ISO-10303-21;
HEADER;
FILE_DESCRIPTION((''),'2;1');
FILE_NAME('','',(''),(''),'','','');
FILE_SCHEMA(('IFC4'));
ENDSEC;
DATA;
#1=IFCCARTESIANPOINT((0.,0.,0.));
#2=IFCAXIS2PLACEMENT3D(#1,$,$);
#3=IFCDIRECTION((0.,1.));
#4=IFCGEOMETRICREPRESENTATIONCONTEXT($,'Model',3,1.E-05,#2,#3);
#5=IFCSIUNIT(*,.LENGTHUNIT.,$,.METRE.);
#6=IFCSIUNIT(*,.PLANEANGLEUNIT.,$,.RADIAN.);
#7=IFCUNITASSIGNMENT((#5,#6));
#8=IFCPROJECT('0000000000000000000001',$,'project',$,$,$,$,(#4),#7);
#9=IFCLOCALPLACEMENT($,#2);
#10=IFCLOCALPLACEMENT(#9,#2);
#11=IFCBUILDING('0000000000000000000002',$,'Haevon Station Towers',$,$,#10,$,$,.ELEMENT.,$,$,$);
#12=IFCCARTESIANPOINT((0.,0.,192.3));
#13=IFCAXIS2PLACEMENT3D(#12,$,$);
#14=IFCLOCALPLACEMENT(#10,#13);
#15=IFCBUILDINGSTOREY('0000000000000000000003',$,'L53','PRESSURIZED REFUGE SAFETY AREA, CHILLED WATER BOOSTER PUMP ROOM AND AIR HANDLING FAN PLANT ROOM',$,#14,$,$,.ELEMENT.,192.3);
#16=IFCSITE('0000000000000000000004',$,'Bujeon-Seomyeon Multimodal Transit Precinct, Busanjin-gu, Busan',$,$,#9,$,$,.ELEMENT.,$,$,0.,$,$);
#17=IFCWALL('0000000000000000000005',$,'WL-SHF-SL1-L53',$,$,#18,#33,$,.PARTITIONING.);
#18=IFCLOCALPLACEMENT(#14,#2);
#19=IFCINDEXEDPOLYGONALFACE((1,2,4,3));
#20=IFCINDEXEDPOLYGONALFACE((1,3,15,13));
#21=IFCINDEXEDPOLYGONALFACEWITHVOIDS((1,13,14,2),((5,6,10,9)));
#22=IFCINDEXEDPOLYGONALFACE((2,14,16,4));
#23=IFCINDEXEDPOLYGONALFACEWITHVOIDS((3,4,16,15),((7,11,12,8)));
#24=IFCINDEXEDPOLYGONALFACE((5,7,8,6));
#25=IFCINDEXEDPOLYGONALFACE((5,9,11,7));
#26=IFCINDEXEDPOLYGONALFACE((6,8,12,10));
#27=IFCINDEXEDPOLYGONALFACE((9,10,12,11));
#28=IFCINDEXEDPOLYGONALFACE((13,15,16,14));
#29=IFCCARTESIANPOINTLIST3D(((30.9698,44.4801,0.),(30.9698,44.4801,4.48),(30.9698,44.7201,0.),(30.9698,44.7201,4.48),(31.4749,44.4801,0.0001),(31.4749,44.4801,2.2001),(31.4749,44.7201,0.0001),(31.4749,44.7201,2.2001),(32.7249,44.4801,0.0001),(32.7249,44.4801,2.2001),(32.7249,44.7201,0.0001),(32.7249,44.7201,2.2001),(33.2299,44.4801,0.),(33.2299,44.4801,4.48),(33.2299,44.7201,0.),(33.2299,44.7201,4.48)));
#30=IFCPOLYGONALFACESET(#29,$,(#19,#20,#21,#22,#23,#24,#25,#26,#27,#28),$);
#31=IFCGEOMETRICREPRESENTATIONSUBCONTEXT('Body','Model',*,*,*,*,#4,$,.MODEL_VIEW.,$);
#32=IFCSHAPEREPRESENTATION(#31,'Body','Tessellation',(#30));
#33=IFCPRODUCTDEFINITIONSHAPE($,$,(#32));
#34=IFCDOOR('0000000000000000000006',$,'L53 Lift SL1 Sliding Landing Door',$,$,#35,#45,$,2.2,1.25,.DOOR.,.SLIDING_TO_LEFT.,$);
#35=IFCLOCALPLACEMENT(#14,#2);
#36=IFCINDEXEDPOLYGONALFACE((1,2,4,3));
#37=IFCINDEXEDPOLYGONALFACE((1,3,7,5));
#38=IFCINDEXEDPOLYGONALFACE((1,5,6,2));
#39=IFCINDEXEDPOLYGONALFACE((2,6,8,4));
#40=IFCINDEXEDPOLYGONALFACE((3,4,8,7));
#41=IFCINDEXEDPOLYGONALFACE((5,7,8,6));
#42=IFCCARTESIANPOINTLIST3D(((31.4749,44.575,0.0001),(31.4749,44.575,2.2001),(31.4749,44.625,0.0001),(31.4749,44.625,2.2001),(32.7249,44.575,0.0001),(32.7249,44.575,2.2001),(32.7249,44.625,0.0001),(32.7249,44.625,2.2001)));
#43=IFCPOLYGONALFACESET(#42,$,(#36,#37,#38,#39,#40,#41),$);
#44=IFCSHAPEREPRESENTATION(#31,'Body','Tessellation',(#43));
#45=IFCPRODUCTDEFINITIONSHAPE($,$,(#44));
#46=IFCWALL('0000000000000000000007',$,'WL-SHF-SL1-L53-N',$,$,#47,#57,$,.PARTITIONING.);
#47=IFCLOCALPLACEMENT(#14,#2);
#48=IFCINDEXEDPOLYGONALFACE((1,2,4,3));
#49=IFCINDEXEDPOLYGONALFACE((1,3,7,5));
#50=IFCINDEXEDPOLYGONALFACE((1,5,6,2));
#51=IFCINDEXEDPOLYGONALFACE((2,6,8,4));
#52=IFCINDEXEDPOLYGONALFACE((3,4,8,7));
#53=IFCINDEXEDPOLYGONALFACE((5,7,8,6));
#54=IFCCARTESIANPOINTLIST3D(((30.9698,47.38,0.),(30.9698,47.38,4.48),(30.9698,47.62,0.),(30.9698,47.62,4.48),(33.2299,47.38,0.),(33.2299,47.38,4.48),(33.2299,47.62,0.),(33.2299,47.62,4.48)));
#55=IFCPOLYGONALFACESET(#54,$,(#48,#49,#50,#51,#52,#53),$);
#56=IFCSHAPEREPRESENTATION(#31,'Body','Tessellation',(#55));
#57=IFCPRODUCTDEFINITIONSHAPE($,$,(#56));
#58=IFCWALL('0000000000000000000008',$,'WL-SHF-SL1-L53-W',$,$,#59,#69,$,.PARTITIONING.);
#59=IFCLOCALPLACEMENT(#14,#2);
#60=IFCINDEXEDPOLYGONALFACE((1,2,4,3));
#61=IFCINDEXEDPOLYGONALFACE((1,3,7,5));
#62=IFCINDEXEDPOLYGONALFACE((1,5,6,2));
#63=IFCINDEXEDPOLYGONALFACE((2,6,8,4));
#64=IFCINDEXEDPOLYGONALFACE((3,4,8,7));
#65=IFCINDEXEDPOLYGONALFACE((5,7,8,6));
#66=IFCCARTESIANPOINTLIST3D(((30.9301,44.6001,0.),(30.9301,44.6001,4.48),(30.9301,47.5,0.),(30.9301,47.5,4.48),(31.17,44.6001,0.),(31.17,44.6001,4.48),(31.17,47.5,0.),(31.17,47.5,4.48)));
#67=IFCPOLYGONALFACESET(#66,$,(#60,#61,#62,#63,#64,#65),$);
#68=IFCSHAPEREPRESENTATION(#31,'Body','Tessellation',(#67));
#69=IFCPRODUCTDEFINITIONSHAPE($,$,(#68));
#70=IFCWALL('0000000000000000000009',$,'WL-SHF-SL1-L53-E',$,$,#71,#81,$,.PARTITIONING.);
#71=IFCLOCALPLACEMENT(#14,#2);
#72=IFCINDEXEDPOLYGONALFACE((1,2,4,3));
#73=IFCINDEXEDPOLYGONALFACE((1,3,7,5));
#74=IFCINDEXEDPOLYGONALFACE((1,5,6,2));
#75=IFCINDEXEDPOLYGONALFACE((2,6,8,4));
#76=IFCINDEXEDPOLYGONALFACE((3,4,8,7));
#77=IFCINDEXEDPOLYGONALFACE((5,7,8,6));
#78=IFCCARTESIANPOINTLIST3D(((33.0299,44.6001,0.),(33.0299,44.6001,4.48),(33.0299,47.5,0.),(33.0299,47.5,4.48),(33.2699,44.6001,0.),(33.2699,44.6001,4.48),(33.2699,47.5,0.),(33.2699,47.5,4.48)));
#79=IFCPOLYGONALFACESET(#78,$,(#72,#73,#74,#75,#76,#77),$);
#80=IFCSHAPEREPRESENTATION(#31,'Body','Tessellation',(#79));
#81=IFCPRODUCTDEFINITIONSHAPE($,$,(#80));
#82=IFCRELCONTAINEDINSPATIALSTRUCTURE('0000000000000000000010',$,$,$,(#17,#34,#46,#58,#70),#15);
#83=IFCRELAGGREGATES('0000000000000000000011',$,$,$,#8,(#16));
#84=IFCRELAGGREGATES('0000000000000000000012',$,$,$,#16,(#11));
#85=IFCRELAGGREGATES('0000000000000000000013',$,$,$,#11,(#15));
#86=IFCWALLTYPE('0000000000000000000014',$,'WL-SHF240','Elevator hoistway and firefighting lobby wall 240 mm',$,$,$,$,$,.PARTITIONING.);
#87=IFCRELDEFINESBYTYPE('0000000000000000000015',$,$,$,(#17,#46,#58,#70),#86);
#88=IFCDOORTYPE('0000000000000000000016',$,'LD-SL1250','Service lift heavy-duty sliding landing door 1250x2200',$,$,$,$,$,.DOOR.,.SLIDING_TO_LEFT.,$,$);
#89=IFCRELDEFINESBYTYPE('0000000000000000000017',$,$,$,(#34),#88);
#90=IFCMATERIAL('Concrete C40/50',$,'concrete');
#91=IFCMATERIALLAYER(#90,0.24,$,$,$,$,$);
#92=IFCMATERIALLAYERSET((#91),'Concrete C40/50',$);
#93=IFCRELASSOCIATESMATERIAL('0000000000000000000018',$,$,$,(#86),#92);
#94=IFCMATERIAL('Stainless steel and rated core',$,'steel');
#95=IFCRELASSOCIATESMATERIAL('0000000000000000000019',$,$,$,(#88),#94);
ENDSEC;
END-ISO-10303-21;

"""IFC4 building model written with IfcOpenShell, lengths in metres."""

from ifc_helpers import new_model, si_unit, direction, frame, frame_2d, origin, place, context, subcontext, project, spatial, rectangle, extrude, material, layer, layer_set, type_object, element, fill, save


model = new_model("IFC4")

# Units and contexts
model_context = context("Model", 3, precision=1e-05, world=origin(), true_north=direction((0.0, 1.0)))
body_context = subcontext(model_context, "Body", "Model", "MODEL_VIEW")
ifc_project = project(units=[si_unit("LENGTHUNIT", "METRE"), si_unit("PLANEANGLEUNIT", "RADIAN")], contexts=[model_context])

# Site, building, storey
site_placement = place(None, origin())
site = spatial("IfcSite", under=ifc_project, at=site_placement, Name="Bujeon-Seomyeon Multimodal Transit Precinct, Busanjin-gu, Busan", CompositionType="ELEMENT", RefElevation=0.0)
building_placement = place(site_placement, origin())
building = spatial("IfcBuilding", under=site, at=building_placement, Name="Haevon Station Towers", CompositionType="ELEMENT")
storey_placement = place(building_placement, frame((0.0, 0.0, 192.3)))
storey = spatial("IfcBuildingStorey", under=building, at=storey_placement, Name="L53", Description="PRESSURIZED REFUGE SAFETY AREA, CHILLED WATER BOOSTER PUMP ROOM AND AIR HANDLING FAN PLANT ROOM", CompositionType="ELEMENT", Elevation=192.3)

# Wall, opening, door
ifc_material_1 = material(Name="Concrete C40/50", Category="concrete")
ifc_layer_1 = layer(ifc_material_1, 0.24)
ifc_layer_set_1 = layer_set([ifc_layer_1], Name="Concrete C40/50")
wall_type_1 = type_object("IfcWallType", Name="WL-SHF240", Description="Elevator hoistway and firefighting lobby wall 240 mm", PredefinedType="PARTITIONING", material=ifc_layer_set_1)
wall_1_placement = place(storey_placement, frame((30.97, 44.6001, 0.0), z_axis=(0.0, 0.0, 1.0), x_axis=(1.0, 0.0, 0.0)))
wall_1 = element("IfcWall", 1, at=wall_1_placement, inside=storey, type_object=wall_type_1, Name="WL-SHF-SL1-L53", PredefinedType="PARTITIONING", context=body_context, shape_type="SweptSolid", body=[
    extrude(rectangle(XDim=2.26, YDim=0.24, at=frame_2d((1.1299, 0.0))), origin(), (0.0, 0.0, 1.0), 4.48),
])
opening_1_placement = place(wall_1_placement, frame((0.5049, 0.0, 0.0)))
opening_1 = element("IfcOpeningElement", 2, at=opening_1_placement, cuts=wall_1, PredefinedType="OPENING", context=body_context, shape_type="SweptSolid", body=[
    extrude(rectangle(XDim=1.25, YDim=2.2, at=frame_2d((0.625, 1.1001))), frame((0.0, 0.1299, 0.0), z_axis=(0.0, -1.0, 0.0), x_axis=(1.0, 0.0, 0.0)), (0.0, 0.0, 1.0), 0.26),
])
ifc_material_2 = material(Name="Stainless steel and rated core", Category="steel")
door_type_1 = type_object("IfcDoorType", Name="LD-SL1250", Description="Service lift heavy-duty sliding landing door 1250x2200", OperationType="SLIDING_TO_LEFT", PredefinedType="DOOR", material=ifc_material_2)
door_1_placement = place(opening_1_placement, origin())
door_1 = element("IfcDoor", 3, at=door_1_placement, inside=storey, type_object=door_type_1, Name="L53 Lift SL1 Sliding Landing Door", OperationType="SLIDING_TO_LEFT", OverallHeight=2.2, OverallWidth=1.25, PredefinedType="DOOR", context=body_context, shape_type="SweptSolid", body=[
    extrude(rectangle(XDim=1.25, YDim=2.2, at=frame_2d((0.625, 1.1001))), frame((0.0, 0.0249, 0.0), z_axis=(0.0, -1.0, 0.0), x_axis=(1.0, 0.0, 0.0)), (0.0, 0.0, 1.0), 0.05),
])
fill(opening_1, door_1)

# Walls
wall_2_placement = place(storey_placement, frame((30.97, 47.5, 0.0), z_axis=(0.0, 0.0, 1.0), x_axis=(1.0, 0.0, 0.0)))
element("IfcWall", 4, at=wall_2_placement, inside=storey, type_object=wall_type_1, Name="WL-SHF-SL1-L53-N", PredefinedType="PARTITIONING", context=body_context, shape_type="SweptSolid", body=[
    extrude(rectangle(XDim=2.26, YDim=0.24, at=frame_2d((1.1299, 0.0))), origin(), (0.0, 0.0, 1.0), 4.48),
])
for number, where, z_axis, x_axis, name in (
    (5, (31.05, 44.6001, 0.0), (0.0, 0.0, 1.0), (0.0, 1.0, 0.0), "WL-SHF-SL1-L53-W"),
    (6, (33.1499, 44.6001, 0.0), (0.0, 0.0, 1.0), (0.0, 1.0, 0.0), "WL-SHF-SL1-L53-E"),
):
    element("IfcWall", number, at=place(storey_placement, frame(where, z_axis=z_axis, x_axis=x_axis)), inside=storey, type_object=wall_type_1, Name=name, PredefinedType="PARTITIONING", context=body_context, shape_type="SweptSolid", body=[
        extrude(rectangle(XDim=2.8999, YDim=0.24, at=frame_2d((1.45, 0.0))), origin(), (0.0, 0.0, 1.0), 4.48),
    ])

save(model, "model.ifc")
